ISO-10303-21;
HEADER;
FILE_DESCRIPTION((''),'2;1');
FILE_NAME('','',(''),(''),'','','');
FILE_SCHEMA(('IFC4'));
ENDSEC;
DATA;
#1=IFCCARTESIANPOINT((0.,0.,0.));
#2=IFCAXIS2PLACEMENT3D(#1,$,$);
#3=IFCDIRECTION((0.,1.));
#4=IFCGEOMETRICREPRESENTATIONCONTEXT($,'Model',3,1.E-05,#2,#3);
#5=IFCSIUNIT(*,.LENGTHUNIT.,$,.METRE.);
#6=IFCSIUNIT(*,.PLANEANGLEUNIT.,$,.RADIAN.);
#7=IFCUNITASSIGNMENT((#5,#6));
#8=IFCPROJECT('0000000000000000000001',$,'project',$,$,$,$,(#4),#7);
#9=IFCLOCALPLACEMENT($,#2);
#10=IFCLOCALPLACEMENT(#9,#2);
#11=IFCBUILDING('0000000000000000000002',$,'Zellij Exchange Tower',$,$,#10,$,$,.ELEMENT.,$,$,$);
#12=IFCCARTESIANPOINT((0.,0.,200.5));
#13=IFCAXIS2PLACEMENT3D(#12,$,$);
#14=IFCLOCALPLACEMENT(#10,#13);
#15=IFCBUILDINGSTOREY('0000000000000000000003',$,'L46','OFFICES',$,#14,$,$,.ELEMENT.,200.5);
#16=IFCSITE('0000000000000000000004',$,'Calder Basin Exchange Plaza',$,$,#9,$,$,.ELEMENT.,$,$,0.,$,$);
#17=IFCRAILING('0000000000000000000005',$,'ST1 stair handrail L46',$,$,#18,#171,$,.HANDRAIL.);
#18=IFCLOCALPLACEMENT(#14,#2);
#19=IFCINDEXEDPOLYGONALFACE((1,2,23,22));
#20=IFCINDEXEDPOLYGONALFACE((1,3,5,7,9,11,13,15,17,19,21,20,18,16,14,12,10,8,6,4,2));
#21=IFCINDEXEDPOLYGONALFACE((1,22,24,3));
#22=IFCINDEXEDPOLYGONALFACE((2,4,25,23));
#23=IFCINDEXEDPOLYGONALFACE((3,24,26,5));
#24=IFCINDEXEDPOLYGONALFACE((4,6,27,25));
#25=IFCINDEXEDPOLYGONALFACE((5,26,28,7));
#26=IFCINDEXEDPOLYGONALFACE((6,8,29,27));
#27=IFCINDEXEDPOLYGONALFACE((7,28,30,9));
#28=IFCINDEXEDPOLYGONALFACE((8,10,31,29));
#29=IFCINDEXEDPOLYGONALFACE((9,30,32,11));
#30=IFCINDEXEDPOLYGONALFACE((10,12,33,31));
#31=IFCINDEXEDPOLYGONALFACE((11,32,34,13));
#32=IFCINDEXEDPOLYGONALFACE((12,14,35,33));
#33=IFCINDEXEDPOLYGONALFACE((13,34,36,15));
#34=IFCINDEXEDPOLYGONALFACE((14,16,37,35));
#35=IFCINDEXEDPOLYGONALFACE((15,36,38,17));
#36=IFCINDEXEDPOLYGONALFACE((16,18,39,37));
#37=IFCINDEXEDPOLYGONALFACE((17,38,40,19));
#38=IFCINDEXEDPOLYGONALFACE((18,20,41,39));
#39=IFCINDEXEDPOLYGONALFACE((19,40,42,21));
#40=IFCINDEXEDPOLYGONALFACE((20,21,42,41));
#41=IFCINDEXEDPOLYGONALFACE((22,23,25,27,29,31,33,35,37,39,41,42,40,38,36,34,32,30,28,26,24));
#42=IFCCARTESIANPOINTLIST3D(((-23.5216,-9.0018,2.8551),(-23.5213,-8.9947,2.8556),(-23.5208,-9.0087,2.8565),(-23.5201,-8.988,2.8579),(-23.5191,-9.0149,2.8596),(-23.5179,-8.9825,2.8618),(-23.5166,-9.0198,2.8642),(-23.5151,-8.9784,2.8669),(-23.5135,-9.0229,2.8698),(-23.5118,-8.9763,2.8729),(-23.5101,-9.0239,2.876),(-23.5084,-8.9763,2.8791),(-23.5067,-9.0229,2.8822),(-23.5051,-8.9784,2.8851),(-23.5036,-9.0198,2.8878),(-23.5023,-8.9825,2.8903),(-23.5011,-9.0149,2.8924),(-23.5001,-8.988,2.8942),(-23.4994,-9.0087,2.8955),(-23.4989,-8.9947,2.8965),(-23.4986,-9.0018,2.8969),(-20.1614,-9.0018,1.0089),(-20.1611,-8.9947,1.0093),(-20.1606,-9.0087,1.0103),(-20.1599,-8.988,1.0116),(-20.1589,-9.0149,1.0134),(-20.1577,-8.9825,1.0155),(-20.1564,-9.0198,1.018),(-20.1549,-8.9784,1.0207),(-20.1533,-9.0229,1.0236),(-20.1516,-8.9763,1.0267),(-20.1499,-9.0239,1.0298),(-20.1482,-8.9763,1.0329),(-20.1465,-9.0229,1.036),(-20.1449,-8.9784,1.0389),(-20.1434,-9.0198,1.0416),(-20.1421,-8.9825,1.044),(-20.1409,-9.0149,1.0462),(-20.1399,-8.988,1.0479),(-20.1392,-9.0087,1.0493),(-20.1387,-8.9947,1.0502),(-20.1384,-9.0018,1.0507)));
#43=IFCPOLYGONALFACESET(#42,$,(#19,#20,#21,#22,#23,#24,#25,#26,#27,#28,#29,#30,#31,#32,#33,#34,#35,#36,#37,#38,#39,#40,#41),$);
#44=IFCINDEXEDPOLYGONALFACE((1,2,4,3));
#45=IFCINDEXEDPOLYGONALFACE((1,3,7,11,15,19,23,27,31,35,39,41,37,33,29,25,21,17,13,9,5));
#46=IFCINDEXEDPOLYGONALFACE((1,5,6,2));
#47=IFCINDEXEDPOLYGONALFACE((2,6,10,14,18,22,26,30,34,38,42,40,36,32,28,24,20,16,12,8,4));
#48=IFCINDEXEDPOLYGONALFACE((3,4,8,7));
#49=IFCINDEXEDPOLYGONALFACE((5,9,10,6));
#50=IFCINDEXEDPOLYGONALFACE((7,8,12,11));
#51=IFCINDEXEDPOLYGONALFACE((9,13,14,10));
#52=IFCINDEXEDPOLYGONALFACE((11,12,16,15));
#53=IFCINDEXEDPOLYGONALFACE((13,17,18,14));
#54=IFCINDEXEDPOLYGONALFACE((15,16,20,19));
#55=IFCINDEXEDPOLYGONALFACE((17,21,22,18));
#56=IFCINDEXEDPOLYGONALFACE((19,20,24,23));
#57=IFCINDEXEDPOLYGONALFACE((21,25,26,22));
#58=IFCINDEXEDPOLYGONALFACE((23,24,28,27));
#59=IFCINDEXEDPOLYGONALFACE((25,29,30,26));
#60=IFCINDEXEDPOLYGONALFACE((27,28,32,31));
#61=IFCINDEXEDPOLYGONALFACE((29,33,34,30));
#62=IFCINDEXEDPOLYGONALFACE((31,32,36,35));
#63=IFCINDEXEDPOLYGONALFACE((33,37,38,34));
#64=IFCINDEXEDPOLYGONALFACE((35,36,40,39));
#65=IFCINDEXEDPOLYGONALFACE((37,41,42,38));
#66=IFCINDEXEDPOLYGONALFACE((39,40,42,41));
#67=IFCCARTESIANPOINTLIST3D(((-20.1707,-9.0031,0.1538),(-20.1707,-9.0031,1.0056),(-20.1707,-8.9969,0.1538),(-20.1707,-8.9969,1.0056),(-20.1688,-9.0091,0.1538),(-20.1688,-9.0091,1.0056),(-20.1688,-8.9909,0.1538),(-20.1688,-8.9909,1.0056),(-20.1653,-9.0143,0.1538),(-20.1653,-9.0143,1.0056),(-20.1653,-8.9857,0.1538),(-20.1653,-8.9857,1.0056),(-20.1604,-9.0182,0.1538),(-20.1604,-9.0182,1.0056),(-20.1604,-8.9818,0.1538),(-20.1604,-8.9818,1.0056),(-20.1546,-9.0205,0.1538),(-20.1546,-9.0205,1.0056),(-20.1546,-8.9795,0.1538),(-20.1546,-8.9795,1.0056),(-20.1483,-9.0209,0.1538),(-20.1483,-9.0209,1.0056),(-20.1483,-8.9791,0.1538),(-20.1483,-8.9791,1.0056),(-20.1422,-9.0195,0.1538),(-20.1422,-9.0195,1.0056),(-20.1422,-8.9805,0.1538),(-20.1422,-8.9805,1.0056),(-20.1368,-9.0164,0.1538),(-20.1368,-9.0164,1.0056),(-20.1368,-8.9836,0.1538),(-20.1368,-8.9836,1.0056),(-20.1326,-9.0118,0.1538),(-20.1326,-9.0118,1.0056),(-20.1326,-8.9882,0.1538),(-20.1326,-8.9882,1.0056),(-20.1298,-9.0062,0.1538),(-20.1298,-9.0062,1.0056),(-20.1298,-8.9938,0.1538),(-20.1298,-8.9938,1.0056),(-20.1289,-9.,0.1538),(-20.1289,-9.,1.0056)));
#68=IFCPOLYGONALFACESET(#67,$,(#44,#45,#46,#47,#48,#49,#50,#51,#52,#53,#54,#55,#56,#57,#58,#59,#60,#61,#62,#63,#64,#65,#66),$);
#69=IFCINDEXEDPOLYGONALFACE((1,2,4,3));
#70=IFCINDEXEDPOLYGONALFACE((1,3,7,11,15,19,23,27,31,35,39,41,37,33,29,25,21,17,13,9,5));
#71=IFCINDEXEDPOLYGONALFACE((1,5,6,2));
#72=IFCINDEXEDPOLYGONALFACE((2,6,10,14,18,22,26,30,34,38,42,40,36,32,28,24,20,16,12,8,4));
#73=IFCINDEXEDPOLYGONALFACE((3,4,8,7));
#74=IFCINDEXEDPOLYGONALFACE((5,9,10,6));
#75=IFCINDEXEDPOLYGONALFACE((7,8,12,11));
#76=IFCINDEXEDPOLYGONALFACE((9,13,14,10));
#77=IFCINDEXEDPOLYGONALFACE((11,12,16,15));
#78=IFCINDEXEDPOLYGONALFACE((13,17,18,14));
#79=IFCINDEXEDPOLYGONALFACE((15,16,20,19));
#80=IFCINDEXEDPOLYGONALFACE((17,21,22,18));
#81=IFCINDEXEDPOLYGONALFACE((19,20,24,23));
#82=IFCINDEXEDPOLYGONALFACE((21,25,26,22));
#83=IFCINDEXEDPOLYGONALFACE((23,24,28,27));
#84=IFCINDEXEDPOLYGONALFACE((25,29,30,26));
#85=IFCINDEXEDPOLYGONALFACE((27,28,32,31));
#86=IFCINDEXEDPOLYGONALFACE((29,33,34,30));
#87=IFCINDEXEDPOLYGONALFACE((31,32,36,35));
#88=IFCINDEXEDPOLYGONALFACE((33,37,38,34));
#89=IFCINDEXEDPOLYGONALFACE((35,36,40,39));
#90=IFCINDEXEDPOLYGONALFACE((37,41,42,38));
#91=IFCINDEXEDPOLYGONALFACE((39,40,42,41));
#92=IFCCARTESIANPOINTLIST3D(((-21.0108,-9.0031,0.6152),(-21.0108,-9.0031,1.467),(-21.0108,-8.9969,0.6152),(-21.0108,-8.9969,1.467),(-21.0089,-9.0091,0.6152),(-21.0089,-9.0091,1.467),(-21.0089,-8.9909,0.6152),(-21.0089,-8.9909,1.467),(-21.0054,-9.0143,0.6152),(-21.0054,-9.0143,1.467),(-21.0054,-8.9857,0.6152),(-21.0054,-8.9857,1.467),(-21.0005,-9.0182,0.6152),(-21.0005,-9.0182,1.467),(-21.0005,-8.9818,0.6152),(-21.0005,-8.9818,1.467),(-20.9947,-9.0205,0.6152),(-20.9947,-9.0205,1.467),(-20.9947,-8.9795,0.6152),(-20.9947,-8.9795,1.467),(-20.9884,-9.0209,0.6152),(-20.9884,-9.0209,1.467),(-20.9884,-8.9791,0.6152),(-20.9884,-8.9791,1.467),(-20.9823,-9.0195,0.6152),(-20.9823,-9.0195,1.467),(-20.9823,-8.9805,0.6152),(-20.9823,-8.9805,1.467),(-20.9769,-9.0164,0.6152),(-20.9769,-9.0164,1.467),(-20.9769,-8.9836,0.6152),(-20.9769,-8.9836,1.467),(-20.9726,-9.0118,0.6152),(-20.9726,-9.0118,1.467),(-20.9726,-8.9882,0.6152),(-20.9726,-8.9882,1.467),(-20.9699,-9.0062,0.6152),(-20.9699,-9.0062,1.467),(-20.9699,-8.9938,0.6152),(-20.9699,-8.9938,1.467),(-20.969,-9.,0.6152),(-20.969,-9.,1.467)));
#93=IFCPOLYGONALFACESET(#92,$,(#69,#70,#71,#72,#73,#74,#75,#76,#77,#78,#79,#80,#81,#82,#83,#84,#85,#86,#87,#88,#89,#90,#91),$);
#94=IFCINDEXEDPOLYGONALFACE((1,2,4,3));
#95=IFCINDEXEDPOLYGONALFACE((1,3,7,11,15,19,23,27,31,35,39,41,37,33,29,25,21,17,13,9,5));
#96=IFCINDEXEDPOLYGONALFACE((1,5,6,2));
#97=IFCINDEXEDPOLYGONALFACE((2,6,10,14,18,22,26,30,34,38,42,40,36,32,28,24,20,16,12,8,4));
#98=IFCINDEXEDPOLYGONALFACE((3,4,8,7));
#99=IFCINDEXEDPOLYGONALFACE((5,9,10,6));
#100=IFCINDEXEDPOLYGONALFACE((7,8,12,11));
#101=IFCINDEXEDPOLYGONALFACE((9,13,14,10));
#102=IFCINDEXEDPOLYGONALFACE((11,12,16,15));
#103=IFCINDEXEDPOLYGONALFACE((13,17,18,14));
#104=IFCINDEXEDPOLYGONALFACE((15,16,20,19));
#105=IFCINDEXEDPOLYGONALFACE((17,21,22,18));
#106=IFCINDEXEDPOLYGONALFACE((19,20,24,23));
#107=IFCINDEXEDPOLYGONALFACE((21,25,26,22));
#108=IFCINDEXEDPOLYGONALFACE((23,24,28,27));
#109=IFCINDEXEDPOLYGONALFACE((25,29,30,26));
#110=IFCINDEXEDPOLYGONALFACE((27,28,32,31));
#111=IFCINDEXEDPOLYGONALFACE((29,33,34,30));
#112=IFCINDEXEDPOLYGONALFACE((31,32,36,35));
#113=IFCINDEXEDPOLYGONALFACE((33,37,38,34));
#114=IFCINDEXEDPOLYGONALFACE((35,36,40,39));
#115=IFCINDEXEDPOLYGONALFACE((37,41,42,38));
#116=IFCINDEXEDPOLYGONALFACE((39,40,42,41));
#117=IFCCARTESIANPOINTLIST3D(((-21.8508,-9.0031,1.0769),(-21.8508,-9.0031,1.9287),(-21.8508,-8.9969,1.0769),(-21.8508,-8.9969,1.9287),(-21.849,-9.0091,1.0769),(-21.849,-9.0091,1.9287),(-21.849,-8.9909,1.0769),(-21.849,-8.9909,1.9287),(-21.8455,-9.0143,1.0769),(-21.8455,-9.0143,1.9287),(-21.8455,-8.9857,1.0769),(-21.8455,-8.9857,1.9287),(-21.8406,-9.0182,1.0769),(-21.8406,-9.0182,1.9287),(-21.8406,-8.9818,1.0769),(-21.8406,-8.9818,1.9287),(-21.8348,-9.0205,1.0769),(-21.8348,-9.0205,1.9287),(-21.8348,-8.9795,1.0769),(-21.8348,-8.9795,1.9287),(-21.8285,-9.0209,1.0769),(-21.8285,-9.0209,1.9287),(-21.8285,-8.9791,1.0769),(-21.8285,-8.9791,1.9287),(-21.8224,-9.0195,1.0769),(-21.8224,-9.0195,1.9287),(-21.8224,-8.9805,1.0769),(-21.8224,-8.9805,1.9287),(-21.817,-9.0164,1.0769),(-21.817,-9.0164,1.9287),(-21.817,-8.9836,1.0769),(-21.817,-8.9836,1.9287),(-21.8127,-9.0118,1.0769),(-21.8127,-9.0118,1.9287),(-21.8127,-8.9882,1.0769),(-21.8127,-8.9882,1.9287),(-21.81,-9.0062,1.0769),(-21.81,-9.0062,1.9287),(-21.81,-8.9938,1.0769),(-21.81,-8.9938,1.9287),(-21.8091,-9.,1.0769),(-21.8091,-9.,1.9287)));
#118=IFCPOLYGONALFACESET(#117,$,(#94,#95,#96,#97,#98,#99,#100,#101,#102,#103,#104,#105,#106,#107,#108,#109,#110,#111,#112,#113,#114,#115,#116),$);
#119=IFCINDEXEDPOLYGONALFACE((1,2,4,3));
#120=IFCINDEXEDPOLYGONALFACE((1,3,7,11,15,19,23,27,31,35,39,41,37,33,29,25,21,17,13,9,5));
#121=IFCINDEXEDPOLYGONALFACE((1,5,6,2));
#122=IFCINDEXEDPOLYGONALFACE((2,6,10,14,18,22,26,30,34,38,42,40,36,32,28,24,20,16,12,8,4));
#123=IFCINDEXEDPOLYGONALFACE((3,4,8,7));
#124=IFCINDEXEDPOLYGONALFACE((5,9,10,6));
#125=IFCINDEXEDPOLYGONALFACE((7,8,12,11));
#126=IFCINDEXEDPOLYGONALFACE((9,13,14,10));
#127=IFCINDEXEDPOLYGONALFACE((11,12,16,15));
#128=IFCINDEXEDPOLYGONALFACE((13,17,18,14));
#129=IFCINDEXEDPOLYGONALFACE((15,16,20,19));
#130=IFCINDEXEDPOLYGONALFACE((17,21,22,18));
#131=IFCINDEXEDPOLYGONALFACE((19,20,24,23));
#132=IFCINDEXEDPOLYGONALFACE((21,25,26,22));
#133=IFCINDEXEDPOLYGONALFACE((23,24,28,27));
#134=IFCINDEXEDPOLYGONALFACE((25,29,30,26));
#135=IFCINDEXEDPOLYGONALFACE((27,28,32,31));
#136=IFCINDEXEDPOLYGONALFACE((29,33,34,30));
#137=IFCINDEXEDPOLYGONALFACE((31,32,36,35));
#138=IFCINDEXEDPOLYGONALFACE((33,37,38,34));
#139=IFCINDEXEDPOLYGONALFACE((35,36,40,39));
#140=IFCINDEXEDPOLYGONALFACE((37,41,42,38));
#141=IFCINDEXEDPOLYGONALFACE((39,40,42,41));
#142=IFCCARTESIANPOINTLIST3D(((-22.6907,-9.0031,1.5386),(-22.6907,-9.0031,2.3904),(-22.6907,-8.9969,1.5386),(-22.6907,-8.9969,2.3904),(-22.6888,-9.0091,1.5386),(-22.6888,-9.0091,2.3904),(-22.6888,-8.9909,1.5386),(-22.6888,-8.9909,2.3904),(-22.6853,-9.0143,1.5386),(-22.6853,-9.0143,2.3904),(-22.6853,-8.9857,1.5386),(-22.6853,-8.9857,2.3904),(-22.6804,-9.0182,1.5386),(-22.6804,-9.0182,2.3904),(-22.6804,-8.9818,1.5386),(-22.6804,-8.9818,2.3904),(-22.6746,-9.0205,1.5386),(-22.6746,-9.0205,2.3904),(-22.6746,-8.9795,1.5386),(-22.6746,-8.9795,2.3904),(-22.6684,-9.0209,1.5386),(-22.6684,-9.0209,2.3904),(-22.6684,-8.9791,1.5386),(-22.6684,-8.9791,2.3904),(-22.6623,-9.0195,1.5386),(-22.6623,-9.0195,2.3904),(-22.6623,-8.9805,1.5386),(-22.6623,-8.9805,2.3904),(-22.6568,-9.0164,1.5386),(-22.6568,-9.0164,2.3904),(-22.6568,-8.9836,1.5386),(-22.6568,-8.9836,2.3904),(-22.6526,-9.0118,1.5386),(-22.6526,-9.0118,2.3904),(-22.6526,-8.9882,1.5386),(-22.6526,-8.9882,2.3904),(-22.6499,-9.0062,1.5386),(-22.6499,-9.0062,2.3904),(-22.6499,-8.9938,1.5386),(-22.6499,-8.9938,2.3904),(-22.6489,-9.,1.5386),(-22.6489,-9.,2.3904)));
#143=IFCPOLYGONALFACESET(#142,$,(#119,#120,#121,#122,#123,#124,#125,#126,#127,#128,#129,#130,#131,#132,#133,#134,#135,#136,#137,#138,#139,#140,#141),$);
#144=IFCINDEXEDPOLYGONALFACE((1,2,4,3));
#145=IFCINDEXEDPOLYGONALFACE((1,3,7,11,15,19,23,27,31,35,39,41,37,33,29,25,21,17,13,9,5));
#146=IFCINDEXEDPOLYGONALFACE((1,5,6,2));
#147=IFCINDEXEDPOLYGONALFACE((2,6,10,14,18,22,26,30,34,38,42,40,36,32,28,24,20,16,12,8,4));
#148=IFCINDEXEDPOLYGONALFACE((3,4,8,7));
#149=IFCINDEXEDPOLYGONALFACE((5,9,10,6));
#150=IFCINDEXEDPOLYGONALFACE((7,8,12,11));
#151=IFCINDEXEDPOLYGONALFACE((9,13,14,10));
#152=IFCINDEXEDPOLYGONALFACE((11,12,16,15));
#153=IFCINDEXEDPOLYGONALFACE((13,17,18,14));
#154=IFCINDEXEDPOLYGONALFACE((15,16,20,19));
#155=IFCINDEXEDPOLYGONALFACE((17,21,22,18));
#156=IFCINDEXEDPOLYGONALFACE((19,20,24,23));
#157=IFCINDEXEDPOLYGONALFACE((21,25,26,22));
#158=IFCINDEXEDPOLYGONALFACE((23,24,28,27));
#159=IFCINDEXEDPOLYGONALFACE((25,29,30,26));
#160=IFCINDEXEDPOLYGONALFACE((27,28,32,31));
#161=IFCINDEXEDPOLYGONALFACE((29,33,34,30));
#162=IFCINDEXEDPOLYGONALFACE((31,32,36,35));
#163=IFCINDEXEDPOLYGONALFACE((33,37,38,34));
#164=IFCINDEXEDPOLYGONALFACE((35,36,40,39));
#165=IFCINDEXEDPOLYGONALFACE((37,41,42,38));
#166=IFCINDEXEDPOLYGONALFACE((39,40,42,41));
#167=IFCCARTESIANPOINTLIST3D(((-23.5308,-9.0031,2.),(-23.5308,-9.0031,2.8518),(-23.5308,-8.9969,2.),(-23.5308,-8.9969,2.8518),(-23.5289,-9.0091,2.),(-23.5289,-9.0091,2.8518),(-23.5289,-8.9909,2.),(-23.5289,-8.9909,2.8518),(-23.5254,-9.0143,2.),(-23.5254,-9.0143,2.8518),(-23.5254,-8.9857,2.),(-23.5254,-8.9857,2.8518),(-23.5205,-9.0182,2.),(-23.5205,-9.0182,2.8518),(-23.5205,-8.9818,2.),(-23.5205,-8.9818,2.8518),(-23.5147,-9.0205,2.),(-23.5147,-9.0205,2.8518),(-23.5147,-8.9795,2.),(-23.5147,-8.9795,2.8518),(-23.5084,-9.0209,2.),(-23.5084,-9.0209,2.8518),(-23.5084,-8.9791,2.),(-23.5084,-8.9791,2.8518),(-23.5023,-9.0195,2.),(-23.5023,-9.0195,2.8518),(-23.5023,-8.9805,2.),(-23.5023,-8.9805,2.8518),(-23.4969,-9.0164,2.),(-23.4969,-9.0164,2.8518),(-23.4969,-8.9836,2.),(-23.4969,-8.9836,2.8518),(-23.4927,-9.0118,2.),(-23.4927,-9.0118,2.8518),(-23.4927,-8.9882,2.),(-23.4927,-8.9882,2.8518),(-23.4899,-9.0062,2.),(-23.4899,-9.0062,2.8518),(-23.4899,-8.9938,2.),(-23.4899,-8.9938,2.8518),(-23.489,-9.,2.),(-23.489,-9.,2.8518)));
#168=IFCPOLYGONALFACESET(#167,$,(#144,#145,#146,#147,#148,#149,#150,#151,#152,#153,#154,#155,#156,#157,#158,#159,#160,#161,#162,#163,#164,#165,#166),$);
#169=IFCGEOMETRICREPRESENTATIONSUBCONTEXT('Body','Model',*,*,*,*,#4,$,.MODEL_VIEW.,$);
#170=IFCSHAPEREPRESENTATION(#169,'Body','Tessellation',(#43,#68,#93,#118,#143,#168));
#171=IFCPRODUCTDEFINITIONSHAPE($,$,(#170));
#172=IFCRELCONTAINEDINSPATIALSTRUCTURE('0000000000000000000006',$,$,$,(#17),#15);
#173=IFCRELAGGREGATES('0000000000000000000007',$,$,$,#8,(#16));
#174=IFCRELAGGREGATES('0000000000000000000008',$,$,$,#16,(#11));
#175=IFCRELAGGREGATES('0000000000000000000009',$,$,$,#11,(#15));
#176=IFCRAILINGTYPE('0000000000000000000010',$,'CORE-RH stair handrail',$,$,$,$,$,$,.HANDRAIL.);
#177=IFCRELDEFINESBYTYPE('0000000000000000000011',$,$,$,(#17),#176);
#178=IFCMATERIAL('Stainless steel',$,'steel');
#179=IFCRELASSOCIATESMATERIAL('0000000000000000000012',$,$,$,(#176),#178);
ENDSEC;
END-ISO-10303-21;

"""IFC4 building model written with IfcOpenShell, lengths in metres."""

from ifc_helpers import new_model, si_unit, direction, frame, origin, origin_2d, place, context, subcontext, project, spatial, circle, extrude, material, type_object, element, save


model = new_model("IFC4")

# Units and contexts
model_context = context("Model", 3, precision=1e-05, world=origin(), true_north=direction((0.0, 1.0)))
body_context = subcontext(model_context, "Body", "Model", "MODEL_VIEW")
ifc_project = project(units=[si_unit("LENGTHUNIT", "METRE"), si_unit("PLANEANGLEUNIT", "RADIAN")], contexts=[model_context])

# Site, building, storey
site_placement = place(None, origin())
site = spatial("IfcSite", under=ifc_project, at=site_placement, Name="Calder Basin Exchange Plaza", CompositionType="ELEMENT", RefElevation=0.0)
building_placement = place(site_placement, origin())
building = spatial("IfcBuilding", under=site, at=building_placement, Name="Zellij Exchange Tower", CompositionType="ELEMENT")
storey_placement = place(building_placement, frame((0.0, 0.0, 200.5)))
storey = spatial("IfcBuildingStorey", under=building, at=storey_placement, Name="L46", Description="OFFICES", CompositionType="ELEMENT", Elevation=200.5)

# Railing
ifc_material_1 = material(Name="Stainless steel", Category="steel")
railing_type_1 = type_object("IfcRailingType", Name="CORE-RH stair handrail", PredefinedType="HANDRAIL", material=ifc_material_1)
railing_1_placement = place(storey_placement, frame((-20.1499, -9.0, 0.1538)))
element("IfcRailing", 1, at=railing_1_placement, inside=storey, type_object=railing_type_1, Name="ST1 stair handrail L46", PredefinedType="HANDRAIL", context=body_context, shape_type="SweptSolid", body=[
    extrude(circle(Radius=0.0239, at=origin_2d()), frame((0.0, 0.0, 0.876), z_axis=(-0.876422, 0.0, 0.481545), x_axis=(0.0, -1.0, 0.0)), (0.0, 0.0, 1.0), 3.834),
    extrude(circle(Radius=0.021, at=origin_2d()), origin(), (0.0, 0.0, 1.0), 0.8518),
    extrude(circle(Radius=0.021, at=origin_2d()), frame((-0.8401, 0.0, 0.4614)), (0.0, 0.0, 1.0), 0.8518),
    extrude(circle(Radius=0.021, at=origin_2d()), frame((-1.6802, 0.0, 0.9231)), (0.0, 0.0, 1.0), 0.8518),
    extrude(circle(Radius=0.021, at=origin_2d()), frame((-2.52, 0.0, 1.3848)), (0.0, 0.0, 1.0), 0.8518),
    extrude(circle(Radius=0.021, at=origin_2d()), frame((-3.3601, 0.0, 1.8462)), (0.0, 0.0, 1.0), 0.8518),
])

save(model, "model.ifc")
